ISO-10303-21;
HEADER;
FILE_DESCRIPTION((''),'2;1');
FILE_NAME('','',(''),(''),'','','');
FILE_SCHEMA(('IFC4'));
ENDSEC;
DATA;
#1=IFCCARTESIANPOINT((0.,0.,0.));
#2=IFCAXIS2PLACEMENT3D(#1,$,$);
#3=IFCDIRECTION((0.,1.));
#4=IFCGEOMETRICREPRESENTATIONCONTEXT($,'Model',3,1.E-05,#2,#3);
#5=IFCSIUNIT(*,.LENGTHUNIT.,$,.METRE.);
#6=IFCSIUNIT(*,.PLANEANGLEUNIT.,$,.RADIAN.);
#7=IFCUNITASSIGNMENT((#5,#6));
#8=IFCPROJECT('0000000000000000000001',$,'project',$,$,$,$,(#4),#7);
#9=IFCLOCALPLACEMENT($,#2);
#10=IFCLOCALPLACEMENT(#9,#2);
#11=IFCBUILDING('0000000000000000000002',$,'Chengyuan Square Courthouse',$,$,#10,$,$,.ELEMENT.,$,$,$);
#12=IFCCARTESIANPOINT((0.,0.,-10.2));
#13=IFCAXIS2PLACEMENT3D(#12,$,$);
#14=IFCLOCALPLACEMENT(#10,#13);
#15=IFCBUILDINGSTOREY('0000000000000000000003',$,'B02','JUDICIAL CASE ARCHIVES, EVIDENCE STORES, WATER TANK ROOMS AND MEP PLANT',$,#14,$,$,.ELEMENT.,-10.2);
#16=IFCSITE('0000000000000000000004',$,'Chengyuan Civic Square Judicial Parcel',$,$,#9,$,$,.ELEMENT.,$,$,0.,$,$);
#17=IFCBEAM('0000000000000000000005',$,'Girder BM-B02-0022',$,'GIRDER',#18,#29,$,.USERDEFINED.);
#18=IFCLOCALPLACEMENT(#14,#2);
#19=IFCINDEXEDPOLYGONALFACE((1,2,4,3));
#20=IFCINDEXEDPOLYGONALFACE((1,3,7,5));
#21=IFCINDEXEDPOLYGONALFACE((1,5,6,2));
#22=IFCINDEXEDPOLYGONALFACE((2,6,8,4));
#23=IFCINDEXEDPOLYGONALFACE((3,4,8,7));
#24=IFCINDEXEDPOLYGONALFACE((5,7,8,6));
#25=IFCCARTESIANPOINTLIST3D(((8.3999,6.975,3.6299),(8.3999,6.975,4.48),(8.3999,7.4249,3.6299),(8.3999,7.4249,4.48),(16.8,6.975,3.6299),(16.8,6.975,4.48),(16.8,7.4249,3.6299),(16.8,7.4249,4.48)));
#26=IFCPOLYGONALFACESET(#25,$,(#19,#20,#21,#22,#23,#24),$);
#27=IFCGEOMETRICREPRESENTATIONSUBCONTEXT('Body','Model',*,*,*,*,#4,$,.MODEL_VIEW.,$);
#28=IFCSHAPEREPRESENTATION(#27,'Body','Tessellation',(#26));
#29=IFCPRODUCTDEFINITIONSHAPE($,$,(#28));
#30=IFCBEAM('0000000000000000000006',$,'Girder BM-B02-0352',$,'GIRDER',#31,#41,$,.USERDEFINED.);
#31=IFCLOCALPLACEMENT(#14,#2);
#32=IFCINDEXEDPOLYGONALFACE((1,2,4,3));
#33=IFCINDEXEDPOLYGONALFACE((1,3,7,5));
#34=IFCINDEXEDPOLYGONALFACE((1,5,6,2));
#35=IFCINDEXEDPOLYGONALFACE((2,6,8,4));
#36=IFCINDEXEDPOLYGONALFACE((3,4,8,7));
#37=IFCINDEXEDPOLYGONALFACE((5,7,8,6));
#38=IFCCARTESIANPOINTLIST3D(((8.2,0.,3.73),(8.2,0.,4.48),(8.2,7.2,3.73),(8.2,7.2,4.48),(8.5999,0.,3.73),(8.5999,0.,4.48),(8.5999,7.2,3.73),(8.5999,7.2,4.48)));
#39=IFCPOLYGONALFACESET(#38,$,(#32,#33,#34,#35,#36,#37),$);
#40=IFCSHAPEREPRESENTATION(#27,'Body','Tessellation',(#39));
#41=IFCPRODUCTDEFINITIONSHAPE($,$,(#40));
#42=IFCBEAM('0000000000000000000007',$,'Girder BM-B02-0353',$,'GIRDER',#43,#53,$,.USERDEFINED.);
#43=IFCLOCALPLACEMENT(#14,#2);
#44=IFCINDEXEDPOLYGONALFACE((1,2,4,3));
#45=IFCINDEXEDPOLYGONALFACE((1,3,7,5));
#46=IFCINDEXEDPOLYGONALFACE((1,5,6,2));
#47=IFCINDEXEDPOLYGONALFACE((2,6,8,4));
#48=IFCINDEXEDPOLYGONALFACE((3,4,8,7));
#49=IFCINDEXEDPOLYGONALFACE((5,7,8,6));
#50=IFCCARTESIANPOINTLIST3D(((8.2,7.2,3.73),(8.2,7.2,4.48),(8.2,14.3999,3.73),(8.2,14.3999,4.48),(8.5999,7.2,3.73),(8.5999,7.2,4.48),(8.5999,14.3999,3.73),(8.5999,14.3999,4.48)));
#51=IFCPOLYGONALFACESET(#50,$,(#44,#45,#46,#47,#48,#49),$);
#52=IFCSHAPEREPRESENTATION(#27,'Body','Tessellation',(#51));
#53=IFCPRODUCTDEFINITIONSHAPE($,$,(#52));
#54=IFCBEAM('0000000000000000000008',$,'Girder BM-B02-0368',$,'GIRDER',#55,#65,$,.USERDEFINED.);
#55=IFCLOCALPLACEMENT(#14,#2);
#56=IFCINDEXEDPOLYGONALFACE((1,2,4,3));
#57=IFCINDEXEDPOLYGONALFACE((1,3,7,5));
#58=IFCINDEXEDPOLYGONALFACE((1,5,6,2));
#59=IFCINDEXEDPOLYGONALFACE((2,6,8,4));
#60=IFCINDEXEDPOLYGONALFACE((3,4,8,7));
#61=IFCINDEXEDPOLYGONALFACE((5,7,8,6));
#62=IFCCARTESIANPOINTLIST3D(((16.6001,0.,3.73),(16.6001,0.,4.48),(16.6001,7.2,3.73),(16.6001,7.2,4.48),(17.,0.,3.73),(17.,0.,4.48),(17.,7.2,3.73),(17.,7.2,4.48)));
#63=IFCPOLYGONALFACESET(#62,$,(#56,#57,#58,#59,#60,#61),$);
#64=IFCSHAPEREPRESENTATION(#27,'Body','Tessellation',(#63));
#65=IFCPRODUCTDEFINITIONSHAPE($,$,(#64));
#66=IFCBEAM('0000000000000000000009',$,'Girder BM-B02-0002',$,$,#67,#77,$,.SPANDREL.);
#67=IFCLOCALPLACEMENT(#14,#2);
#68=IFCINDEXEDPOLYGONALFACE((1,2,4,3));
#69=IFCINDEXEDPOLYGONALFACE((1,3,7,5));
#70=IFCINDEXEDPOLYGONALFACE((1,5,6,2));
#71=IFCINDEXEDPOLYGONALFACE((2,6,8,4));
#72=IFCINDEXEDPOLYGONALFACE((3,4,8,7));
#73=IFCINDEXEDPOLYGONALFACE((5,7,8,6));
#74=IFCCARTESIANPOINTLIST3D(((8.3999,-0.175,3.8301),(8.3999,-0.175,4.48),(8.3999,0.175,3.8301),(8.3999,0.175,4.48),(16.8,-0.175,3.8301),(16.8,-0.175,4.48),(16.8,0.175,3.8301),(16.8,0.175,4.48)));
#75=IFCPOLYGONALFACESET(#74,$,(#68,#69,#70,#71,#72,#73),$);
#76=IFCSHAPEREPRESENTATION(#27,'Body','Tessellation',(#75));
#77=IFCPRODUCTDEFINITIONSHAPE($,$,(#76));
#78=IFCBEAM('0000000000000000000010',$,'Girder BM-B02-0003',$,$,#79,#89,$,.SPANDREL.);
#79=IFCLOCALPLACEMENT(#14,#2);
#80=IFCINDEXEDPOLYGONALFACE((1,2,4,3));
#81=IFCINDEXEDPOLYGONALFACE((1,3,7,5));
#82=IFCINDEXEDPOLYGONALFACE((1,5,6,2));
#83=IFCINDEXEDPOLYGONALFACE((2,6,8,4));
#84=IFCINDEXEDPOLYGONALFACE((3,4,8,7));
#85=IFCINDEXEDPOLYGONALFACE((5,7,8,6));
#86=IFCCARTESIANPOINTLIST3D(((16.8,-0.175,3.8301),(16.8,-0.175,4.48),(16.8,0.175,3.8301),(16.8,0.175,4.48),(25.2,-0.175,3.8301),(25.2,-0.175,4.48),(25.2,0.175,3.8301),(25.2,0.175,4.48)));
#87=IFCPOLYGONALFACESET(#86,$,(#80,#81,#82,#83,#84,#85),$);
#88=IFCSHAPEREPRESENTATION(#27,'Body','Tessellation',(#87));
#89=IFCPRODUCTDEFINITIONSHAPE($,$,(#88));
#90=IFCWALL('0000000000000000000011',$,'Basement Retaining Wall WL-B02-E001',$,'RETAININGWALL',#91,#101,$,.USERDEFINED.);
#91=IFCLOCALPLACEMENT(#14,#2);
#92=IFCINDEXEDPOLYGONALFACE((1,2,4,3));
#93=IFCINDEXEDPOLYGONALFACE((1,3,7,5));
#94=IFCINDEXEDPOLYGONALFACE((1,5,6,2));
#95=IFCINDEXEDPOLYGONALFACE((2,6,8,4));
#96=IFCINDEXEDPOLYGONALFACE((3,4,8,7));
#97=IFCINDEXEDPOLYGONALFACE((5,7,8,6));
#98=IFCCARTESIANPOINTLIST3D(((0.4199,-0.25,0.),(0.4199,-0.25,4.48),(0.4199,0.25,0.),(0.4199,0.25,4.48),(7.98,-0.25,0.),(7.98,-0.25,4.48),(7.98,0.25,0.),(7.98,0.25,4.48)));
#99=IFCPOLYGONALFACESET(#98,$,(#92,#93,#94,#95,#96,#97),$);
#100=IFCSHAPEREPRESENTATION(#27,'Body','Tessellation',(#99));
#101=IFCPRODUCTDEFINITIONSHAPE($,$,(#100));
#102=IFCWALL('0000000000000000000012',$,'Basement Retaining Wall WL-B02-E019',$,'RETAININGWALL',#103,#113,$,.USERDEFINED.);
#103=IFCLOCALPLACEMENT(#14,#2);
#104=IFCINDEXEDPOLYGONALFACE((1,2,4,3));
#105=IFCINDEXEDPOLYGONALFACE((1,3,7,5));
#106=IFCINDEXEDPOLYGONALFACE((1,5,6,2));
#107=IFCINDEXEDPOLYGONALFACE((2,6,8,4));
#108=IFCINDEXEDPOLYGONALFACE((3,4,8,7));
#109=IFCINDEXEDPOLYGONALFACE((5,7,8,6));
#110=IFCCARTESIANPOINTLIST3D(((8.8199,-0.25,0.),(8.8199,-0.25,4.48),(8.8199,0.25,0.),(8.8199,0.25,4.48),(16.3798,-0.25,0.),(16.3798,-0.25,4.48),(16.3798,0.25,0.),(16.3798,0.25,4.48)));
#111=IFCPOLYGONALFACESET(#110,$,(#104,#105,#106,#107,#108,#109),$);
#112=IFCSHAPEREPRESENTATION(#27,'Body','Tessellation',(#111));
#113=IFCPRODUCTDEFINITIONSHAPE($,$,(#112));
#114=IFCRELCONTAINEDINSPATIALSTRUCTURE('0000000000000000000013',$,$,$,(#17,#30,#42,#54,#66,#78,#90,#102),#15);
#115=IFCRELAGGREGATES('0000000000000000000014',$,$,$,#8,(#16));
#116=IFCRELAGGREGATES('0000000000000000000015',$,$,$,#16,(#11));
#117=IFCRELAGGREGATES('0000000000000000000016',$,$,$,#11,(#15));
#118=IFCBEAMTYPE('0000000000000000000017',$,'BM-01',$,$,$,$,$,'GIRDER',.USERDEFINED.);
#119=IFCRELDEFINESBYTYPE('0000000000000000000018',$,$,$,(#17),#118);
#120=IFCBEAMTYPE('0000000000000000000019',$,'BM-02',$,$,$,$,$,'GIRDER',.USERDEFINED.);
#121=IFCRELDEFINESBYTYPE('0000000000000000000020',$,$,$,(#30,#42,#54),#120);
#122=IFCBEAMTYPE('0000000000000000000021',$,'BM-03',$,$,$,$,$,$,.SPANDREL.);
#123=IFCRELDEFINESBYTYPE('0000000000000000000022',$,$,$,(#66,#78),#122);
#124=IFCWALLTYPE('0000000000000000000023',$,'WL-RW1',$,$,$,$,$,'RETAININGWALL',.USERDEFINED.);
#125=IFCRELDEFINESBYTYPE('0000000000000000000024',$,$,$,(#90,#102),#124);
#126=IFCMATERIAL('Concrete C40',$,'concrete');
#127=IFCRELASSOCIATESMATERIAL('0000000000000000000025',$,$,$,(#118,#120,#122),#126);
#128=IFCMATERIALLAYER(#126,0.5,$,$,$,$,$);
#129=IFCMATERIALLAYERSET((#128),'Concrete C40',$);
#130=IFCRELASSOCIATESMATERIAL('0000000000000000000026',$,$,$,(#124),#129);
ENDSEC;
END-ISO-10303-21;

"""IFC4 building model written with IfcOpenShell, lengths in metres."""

from ifc_helpers import new_model, si_unit, direction, frame, frame_2d, origin, origin_2d, place, context, subcontext, project, spatial, rectangle, extrude, material, layer, layer_set, material_profile, profile_set, type_object, element, save


model = new_model("IFC4")

# Units and contexts
model_context = context("Model", 3, precision=1e-05, world=origin(), true_north=direction((0.0, 1.0)))
body_context = subcontext(model_context, "Body", "Model", "MODEL_VIEW")
ifc_project = project(units=[si_unit("LENGTHUNIT", "METRE"), si_unit("PLANEANGLEUNIT", "RADIAN")], contexts=[model_context])

# Site, building, storey
site_placement = place(None, origin())
site = spatial("IfcSite", under=ifc_project, at=site_placement, Name="Chengyuan Civic Square Judicial Parcel", CompositionType="ELEMENT", RefElevation=0.0)
building_placement = place(site_placement, origin())
building = spatial("IfcBuilding", under=site, at=building_placement, Name="Chengyuan Square Courthouse", CompositionType="ELEMENT")
storey_placement = place(building_placement, frame((0.0, 0.0, -10.2)))
storey = spatial("IfcBuildingStorey", under=building, at=storey_placement, Name="B02", Description="JUDICIAL CASE ARCHIVES, EVIDENCE STORES, WATER TANK ROOMS AND MEP PLANT", CompositionType="ELEMENT", Elevation=-10.2)

# Shared definitions
ifc_material_1 = material(Name="Concrete C40", Category="concrete")

# Beams
ifc_material_profile_1 = material_profile(ifc_material_1, rectangle(XDim=0.45, YDim=0.8501, at=origin_2d()), Name="RC-BM-450x850")
ifc_profile_set_1 = profile_set([ifc_material_profile_1], Name="Concrete C40")
beam_type_1 = type_object("IfcBeamType", Name="BM-01", ElementType="GIRDER", PredefinedType="USERDEFINED", material=ifc_profile_set_1)
beam_1_placement = place(storey_placement, frame((8.3999, 7.2, 4.0549), z_axis=(1.0, 0.0, 0.0), x_axis=(0.0, 1.0, 0.0)))
element("IfcBeam", 1, at=beam_1_placement, inside=storey, type_object=beam_type_1, Name="Girder BM-B02-0022", ObjectType="GIRDER", PredefinedType="USERDEFINED", context=body_context, shape_type="SweptSolid", body=[
    extrude(rectangle(XDim=0.45, YDim=0.8501, at=origin_2d()), origin(), (0.0, 0.0, 1.0), 8.4001),
])
ifc_material_profile_2 = material_profile(ifc_material_1, rectangle(XDim=0.3999, YDim=0.75, at=origin_2d()), Name="RC-BM-400x750")
ifc_profile_set_2 = profile_set([ifc_material_profile_2], Name="Concrete C40")
beam_type_2 = type_object("IfcBeamType", Name="BM-02", ElementType="GIRDER", PredefinedType="USERDEFINED", material=ifc_profile_set_2)
for number, where, z_axis, x_axis, name in (
    (2, (8.3999, 0.0, 4.105), (0.0, 1.0, 0.0), (-1.0, 0.0, 0.0), "Girder BM-B02-0352"),
    (3, (8.3999, 7.2, 4.105), (0.0, 1.0, 0.0), (-1.0, 0.0, 0.0), "Girder BM-B02-0353"),
    (4, (16.8, 0.0, 4.105), (0.0, 1.0, 0.0), (-1.0, 0.0, 0.0), "Girder BM-B02-0368"),
):
    element("IfcBeam", number, at=place(storey_placement, frame(where, z_axis=z_axis, x_axis=x_axis)), inside=storey, type_object=beam_type_2, Name=name, ObjectType="GIRDER", PredefinedType="USERDEFINED", context=body_context, shape_type="SweptSolid", body=[
        extrude(rectangle(XDim=0.3999, YDim=0.75, at=origin_2d()), origin(), (0.0, 0.0, 1.0), 7.2),
    ])
ifc_material_profile_3 = material_profile(ifc_material_1, rectangle(XDim=0.3501, YDim=0.6499, at=origin_2d()), Name="RC-BM-350x650")
ifc_profile_set_3 = profile_set([ifc_material_profile_3], Name="Concrete C40")
beam_type_3 = type_object("IfcBeamType", Name="BM-03", PredefinedType="SPANDREL", material=ifc_profile_set_3)
beam_2_placement = place(storey_placement, frame((8.3999, 0.0, 4.155), z_axis=(1.0, 0.0, 0.0), x_axis=(0.0, 1.0, 0.0)))
element("IfcBeam", 5, at=beam_2_placement, inside=storey, type_object=beam_type_3, Name="Girder BM-B02-0002", PredefinedType="SPANDREL", context=body_context, shape_type="SweptSolid", body=[
    extrude(rectangle(XDim=0.3501, YDim=0.6499, at=origin_2d()), origin(), (0.0, 0.0, 1.0), 8.4001),
])
beam_3_placement = place(storey_placement, frame((16.8, 0.0, 4.155), z_axis=(1.0, 0.0, 0.0), x_axis=(0.0, 1.0, 0.0)))
element("IfcBeam", 6, at=beam_3_placement, inside=storey, type_object=beam_type_3, Name="Girder BM-B02-0003", PredefinedType="SPANDREL", context=body_context, shape_type="SweptSolid", body=[
    extrude(rectangle(XDim=0.3501, YDim=0.6499, at=origin_2d()), origin(), (0.0, 0.0, 1.0), 8.3999),
])

# Walls
ifc_layer = layer(ifc_material_1, 0.5)
ifc_layer_set = layer_set([ifc_layer], Name="Concrete C40")
wall_type = type_object("IfcWallType", Name="WL-RW1", ElementType="RETAININGWALL", PredefinedType="USERDEFINED", material=ifc_layer_set)
wall_1_placement = place(storey_placement, frame((0.4199, 0.0, 0.0), z_axis=(0.0, 0.0, 1.0), x_axis=(1.0, 0.0, 0.0)))
element("IfcWall", 7, at=wall_1_placement, inside=storey, type_object=wall_type, Name="Basement Retaining Wall WL-B02-E001", ObjectType="RETAININGWALL", PredefinedType="USERDEFINED", context=body_context, shape_type="SweptSolid", body=[
    extrude(rectangle(XDim=7.5601, YDim=0.5, at=frame_2d((3.78, 0.0))), origin(), (0.0, 0.0, 1.0), 4.48),
])
wall_2_placement = place(storey_placement, frame((8.8201, 0.0, 0.0), z_axis=(0.0, 0.0, 1.0), x_axis=(1.0, 0.0, 0.0)))
element("IfcWall", 8, at=wall_2_placement, inside=storey, type_object=wall_type, Name="Basement Retaining Wall WL-B02-E019", ObjectType="RETAININGWALL", PredefinedType="USERDEFINED", context=body_context, shape_type="SweptSolid", body=[
    extrude(rectangle(XDim=7.5598, YDim=0.5, at=frame_2d((3.7798, 0.0))), origin(), (0.0, 0.0, 1.0), 4.48),
])

save(model, "model.ifc")
